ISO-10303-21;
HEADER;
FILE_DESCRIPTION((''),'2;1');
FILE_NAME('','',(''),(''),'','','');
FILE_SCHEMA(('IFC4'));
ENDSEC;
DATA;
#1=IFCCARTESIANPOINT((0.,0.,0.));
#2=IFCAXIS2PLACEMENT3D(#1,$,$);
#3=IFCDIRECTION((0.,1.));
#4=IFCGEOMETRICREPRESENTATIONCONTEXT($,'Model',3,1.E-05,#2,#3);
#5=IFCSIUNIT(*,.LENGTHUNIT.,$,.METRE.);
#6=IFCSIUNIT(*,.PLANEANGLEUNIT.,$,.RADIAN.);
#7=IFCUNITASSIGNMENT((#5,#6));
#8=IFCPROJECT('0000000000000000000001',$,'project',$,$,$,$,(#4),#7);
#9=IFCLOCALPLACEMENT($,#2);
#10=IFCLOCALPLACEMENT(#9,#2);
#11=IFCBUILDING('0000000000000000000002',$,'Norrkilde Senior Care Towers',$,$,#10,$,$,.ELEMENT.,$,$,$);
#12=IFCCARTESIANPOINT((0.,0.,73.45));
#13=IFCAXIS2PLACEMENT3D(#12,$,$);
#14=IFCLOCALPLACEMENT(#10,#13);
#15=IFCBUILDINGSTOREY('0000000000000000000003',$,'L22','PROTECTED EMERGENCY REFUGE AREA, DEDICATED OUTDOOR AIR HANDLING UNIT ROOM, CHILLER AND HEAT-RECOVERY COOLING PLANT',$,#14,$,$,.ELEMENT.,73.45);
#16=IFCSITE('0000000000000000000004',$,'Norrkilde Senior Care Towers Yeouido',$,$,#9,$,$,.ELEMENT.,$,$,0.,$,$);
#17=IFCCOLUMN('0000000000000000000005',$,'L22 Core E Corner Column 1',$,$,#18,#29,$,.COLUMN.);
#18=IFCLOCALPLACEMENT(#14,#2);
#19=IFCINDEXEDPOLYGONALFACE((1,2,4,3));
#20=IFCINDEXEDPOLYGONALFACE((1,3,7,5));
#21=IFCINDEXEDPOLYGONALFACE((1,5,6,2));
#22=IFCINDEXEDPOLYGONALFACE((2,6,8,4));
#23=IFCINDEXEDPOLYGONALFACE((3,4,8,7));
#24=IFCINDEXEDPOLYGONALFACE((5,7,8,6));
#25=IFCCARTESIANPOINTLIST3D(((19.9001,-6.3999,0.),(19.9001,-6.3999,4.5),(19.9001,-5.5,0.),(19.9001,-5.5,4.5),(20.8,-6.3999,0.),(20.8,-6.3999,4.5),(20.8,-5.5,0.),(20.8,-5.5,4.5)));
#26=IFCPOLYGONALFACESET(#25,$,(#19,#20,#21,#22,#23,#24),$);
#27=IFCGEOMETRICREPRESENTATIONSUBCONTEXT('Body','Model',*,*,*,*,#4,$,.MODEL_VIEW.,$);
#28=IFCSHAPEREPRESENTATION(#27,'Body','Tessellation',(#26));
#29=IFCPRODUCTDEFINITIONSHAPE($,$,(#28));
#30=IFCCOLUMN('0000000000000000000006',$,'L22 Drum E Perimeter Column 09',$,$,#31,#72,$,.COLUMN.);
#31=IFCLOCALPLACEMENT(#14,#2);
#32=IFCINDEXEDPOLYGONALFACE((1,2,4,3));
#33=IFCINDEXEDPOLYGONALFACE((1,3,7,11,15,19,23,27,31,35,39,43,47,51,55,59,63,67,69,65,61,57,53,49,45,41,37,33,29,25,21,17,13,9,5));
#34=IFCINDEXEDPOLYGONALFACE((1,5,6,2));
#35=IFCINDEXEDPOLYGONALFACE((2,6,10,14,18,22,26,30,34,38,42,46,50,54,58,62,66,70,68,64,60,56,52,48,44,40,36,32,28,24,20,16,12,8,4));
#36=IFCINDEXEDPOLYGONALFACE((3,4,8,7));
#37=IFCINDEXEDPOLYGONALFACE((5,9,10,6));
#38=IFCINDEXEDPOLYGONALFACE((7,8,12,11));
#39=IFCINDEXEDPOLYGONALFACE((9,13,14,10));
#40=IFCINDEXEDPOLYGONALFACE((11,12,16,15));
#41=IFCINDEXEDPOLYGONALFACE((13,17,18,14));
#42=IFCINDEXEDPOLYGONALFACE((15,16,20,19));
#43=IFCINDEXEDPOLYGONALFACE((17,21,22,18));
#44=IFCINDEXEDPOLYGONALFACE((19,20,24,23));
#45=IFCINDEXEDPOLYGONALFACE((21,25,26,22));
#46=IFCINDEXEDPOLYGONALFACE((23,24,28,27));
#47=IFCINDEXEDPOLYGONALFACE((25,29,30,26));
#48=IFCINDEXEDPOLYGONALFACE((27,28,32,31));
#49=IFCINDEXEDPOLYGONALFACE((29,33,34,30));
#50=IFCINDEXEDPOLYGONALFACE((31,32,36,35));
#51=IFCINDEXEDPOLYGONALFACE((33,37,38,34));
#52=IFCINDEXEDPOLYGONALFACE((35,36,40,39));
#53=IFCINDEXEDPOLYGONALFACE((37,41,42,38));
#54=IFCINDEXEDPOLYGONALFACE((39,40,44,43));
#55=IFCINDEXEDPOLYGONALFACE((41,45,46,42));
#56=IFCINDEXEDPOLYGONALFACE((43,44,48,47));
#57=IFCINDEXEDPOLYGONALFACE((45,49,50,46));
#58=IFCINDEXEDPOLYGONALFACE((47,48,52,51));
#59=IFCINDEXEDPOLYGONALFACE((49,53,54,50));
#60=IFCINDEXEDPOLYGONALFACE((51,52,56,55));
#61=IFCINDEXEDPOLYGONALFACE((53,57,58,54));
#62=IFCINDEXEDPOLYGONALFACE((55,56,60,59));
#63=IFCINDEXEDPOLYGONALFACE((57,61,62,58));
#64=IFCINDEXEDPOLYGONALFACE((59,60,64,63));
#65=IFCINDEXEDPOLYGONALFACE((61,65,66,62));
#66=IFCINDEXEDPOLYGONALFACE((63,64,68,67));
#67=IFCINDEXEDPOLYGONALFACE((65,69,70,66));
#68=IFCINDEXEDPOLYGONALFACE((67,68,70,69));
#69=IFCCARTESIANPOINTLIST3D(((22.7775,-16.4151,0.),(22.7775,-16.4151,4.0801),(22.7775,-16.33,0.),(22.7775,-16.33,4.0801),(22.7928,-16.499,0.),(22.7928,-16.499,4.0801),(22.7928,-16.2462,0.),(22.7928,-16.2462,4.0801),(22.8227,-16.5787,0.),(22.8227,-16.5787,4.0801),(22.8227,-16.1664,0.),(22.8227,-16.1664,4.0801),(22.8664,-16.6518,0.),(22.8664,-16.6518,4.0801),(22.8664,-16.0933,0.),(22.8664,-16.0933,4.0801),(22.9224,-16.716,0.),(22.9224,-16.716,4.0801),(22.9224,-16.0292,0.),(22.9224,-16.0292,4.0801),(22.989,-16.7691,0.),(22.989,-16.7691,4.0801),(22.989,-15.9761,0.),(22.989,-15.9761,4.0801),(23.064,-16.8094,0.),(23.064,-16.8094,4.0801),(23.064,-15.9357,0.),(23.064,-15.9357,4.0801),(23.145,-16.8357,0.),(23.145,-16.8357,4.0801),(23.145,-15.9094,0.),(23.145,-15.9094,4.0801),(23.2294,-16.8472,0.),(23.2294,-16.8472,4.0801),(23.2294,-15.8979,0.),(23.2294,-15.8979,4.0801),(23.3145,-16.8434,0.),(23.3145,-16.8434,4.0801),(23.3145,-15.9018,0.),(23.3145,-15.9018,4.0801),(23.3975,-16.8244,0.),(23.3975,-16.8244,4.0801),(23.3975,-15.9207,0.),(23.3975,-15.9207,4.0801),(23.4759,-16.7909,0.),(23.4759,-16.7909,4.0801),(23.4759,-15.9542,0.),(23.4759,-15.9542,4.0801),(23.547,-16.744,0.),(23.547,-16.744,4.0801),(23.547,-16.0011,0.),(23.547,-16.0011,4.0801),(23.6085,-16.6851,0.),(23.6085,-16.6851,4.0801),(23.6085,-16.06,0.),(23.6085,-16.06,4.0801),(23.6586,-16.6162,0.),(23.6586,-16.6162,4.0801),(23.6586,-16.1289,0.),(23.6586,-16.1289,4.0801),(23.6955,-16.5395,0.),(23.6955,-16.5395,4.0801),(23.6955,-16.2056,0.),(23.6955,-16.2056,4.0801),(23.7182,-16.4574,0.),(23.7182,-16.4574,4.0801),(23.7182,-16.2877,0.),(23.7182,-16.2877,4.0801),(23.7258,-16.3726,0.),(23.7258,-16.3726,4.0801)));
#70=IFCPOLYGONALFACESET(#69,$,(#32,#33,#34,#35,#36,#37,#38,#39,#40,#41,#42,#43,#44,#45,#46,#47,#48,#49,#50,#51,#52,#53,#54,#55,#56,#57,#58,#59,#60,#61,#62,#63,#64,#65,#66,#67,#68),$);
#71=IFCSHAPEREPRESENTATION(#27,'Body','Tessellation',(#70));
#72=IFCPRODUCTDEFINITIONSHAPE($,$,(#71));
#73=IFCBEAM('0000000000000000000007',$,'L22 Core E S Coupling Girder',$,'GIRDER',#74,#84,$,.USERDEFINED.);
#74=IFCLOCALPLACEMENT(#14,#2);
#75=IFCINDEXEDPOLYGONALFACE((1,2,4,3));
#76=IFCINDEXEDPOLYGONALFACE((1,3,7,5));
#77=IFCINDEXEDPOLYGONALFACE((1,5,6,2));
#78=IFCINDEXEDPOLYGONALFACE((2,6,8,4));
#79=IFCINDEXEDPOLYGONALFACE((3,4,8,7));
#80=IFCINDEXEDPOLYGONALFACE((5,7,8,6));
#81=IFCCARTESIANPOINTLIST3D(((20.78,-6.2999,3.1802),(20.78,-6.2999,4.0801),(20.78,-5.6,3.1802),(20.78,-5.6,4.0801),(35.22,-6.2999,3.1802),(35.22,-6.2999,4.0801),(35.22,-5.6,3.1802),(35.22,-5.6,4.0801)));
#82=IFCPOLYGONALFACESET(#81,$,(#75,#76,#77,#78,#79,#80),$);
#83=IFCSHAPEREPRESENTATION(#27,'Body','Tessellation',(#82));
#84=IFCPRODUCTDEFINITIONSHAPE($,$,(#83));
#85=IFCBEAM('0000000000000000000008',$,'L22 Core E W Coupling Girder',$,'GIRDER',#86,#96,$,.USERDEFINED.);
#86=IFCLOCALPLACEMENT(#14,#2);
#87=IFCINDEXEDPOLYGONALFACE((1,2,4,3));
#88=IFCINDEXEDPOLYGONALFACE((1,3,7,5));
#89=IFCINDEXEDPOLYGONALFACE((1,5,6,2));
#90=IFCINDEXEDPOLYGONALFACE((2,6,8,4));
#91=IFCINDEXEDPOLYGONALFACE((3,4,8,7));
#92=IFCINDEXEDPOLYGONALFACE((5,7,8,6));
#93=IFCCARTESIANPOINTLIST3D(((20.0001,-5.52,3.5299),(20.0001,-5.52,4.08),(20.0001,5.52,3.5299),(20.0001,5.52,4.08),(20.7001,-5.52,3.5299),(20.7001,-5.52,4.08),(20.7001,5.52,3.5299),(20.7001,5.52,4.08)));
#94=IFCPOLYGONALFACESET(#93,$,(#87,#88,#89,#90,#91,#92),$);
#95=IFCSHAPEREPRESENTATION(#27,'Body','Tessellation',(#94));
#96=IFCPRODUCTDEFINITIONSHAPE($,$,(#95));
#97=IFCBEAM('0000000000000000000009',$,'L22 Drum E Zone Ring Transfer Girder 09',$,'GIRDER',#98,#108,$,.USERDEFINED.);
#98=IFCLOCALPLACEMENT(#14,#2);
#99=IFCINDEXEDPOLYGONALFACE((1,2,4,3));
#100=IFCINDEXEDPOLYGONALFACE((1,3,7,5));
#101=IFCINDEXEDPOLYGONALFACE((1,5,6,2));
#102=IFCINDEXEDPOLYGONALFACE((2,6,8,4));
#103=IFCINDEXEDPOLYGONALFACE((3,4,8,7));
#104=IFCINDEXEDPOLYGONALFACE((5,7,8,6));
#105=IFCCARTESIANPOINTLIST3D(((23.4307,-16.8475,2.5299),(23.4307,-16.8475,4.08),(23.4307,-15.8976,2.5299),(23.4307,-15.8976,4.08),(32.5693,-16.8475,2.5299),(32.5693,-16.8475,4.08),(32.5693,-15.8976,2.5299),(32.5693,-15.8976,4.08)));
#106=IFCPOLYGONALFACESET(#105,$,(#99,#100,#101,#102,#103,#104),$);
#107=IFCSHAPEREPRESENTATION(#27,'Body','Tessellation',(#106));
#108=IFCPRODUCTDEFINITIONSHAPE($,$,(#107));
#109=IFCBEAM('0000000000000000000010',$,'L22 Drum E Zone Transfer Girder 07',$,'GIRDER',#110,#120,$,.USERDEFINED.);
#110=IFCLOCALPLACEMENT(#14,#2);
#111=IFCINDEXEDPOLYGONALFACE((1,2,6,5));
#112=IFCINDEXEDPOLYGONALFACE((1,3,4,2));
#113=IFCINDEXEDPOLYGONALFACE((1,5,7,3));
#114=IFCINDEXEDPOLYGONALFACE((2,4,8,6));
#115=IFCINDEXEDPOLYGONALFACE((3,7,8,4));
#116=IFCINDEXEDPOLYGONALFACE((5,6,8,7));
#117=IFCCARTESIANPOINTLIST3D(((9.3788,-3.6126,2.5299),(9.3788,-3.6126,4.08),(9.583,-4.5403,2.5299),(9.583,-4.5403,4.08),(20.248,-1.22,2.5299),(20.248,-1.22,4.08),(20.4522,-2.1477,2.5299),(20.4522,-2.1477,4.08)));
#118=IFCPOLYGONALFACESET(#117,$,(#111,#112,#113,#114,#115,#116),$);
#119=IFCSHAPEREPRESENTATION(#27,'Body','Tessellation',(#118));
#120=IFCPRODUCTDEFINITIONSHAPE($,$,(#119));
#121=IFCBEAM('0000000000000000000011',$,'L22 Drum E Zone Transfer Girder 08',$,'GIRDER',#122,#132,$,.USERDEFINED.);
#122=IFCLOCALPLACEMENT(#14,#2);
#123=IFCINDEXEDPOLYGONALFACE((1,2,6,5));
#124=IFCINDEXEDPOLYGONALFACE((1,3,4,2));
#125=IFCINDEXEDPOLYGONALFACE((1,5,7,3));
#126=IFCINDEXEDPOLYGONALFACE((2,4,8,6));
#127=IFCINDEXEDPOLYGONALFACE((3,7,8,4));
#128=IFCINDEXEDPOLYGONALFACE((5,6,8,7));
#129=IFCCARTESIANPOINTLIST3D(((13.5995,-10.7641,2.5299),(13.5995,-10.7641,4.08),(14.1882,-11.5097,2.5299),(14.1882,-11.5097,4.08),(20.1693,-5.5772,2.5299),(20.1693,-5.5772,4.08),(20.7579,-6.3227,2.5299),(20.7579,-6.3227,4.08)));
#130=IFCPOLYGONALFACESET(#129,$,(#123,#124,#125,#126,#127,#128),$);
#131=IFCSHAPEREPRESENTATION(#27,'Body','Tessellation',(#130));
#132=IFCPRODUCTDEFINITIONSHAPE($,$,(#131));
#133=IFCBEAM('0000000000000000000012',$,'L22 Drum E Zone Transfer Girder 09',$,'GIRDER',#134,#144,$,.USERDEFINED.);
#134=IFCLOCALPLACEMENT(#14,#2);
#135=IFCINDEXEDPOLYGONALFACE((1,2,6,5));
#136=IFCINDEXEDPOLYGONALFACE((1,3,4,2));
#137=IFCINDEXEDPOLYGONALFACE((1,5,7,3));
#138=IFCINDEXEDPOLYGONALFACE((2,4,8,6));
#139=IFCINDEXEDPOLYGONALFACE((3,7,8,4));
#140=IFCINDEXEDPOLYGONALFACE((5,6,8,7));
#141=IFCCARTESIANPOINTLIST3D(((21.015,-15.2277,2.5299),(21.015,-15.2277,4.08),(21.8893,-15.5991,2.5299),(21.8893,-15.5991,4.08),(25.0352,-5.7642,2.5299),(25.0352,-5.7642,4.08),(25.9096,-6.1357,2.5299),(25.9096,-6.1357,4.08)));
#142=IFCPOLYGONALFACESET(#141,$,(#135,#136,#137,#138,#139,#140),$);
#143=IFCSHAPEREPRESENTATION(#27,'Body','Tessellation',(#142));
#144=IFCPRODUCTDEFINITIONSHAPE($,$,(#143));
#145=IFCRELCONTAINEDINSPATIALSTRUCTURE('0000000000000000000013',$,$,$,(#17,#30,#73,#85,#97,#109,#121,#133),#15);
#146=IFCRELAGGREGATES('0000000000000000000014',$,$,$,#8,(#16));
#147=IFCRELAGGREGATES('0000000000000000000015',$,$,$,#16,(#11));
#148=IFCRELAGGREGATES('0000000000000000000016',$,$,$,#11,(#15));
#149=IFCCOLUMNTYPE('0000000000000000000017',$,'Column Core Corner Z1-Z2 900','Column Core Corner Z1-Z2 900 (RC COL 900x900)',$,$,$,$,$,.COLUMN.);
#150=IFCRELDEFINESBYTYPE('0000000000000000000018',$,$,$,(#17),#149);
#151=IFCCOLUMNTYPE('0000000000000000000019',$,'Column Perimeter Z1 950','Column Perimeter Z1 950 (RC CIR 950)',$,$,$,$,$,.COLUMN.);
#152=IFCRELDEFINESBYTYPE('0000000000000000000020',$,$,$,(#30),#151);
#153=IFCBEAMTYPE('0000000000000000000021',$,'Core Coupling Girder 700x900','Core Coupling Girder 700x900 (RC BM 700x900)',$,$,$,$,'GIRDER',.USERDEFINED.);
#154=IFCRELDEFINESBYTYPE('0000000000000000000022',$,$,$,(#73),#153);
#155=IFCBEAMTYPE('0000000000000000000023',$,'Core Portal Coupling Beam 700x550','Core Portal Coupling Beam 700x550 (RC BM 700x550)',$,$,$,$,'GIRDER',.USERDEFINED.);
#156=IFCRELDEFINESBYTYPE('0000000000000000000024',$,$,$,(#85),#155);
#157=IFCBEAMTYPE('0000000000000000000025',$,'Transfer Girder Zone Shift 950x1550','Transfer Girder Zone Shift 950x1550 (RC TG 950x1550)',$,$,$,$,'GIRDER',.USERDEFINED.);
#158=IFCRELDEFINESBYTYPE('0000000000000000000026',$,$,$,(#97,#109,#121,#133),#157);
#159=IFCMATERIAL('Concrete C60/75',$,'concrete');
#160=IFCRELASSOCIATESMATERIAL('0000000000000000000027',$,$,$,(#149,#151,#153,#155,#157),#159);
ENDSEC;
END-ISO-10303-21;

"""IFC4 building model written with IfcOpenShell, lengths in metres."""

from ifc_helpers import new_model, si_unit, direction, frame, origin, origin_2d, place, context, subcontext, project, spatial, rectangle, circle, extrude, source, transform, mapped, material, material_profile, profile_set, type_object, type_shapes, element, save


model = new_model("IFC4")

# Units and contexts
model_context = context("Model", 3, precision=1e-05, world=origin(), true_north=direction((0.0, 1.0)))
body_context = subcontext(model_context, "Body", "Model", "MODEL_VIEW")
ifc_project = project(units=[si_unit("LENGTHUNIT", "METRE"), si_unit("PLANEANGLEUNIT", "RADIAN")], contexts=[model_context])

# Site, building, storey
site_placement = place(None, origin())
site = spatial("IfcSite", under=ifc_project, at=site_placement, Name="Norrkilde Senior Care Towers Yeouido", CompositionType="ELEMENT", RefElevation=0.0)
building_placement = place(site_placement, origin())
building = spatial("IfcBuilding", under=site, at=building_placement, Name="Norrkilde Senior Care Towers", CompositionType="ELEMENT")
storey_placement = place(building_placement, frame((0.0, 0.0, 73.45)))
storey = spatial("IfcBuildingStorey", under=building, at=storey_placement, Name="L22", Description="PROTECTED EMERGENCY REFUGE AREA, DEDICATED OUTDOOR AIR HANDLING UNIT ROOM, CHILLER AND HEAT-RECOVERY COOLING PLANT", CompositionType="ELEMENT", Elevation=73.45)

# Columns
ifc_material_1 = material(Name="Concrete C60/75", Category="concrete")
ifc_material_profile_1 = material_profile(ifc_material_1, rectangle(XDim=0.8999, YDim=0.8999, at=origin_2d()), Name="RC COL 900x900")
ifc_profile_set_1 = profile_set([ifc_material_profile_1], Name="Concrete C60/75")
column_type_1 = type_object("IfcColumnType", Name="Column Core Corner Z1-Z2 900", Description="Column Core Corner Z1-Z2 900 (RC COL 900x900)", PredefinedType="COLUMN", material=ifc_profile_set_1)
shared_shape_1 = source(origin(), body_context, "Body", "SweptSolid", [
    extrude(rectangle(XDim=0.8999, YDim=0.8999, at=origin_2d()), origin(), (0.0, 0.0, 1.0), 4.5),
])
type_shapes(column_type_1, [shared_shape_1])
column_1_placement = place(storey_placement, frame((20.3501, -5.95, 0.0), z_axis=(0.0, 0.0, 1.0), x_axis=(1.0, 0.0, 0.0)))
element("IfcColumn", 1, at=column_1_placement, inside=storey, type_object=column_type_1, Name="L22 Core E Corner Column 1", PredefinedType="COLUMN", context=body_context, shape_type="MappedRepresentation", body=[
    mapped(shared_shape_1, transform((0.0, 0.0, 0.0), x_axis=(1.0, 0.0, 0.0), y_axis=(0.0, 1.0, 0.0), z_axis=(0.0, 0.0, 1.0), scale=1.0)),
])
ifc_material_profile_2 = material_profile(ifc_material_1, circle(Radius=0.4751, at=origin_2d()), Name="RC CIR 950")
ifc_profile_set_2 = profile_set([ifc_material_profile_2], Name="Concrete C60/75")
column_type_2 = type_object("IfcColumnType", Name="Column Perimeter Z1 950", Description="Column Perimeter Z1 950 (RC CIR 950)", PredefinedType="COLUMN", material=ifc_profile_set_2)
shared_shape_2 = source(origin(), body_context, "Body", "SweptSolid", [
    extrude(circle(Radius=0.4751, at=origin_2d()), origin(), (0.0, 0.0, 1.0), 4.0801),
])
type_shapes(column_type_2, [shared_shape_2])
column_2_placement = place(storey_placement, frame((23.2507, -16.3726, 0.0), z_axis=(0.0, 0.0, 1.0), x_axis=(1.0, 0.0, 0.0)))
element("IfcColumn", 2, at=column_2_placement, inside=storey, type_object=column_type_2, Name="L22 Drum E Perimeter Column 09", PredefinedType="COLUMN", context=body_context, shape_type="MappedRepresentation", body=[
    mapped(shared_shape_2, transform((0.0, 0.0, 0.0), x_axis=(1.0, 0.0, 0.0), y_axis=(0.0, 1.0, 0.0), z_axis=(0.0, 0.0, 1.0), scale=1.0)),
])

# Beams
ifc_material_profile_3 = material_profile(ifc_material_1, rectangle(XDim=0.7, YDim=0.8999, at=origin_2d()), Name="RC BM 700x900")
ifc_profile_set_3 = profile_set([ifc_material_profile_3], Name="Concrete C60/75")
beam_type_1 = type_object("IfcBeamType", Name="Core Coupling Girder 700x900", Description="Core Coupling Girder 700x900 (RC BM 700x900)", ElementType="GIRDER", PredefinedType="USERDEFINED", material=ifc_profile_set_3)
shared_shape_3 = source(origin(), body_context, "Body", "SweptSolid", [
    extrude(rectangle(XDim=0.7, YDim=0.8999, at=origin_2d()), origin(), (0.0, 0.0, 1.0), 14.4399),
])
type_shapes(beam_type_1, [shared_shape_3])
beam_1_placement = place(storey_placement, frame((20.78, -5.95, 3.6301), z_axis=(1.0, 0.0, 0.0), x_axis=(0.0, 1.0, 0.0)))
element("IfcBeam", 3, at=beam_1_placement, inside=storey, type_object=beam_type_1, Name="L22 Core E S Coupling Girder", ObjectType="GIRDER", PredefinedType="USERDEFINED", context=body_context, shape_type="MappedRepresentation", body=[
    mapped(shared_shape_3, transform((0.0, 0.0, 0.0), x_axis=(1.0, 0.0, 0.0), y_axis=(0.0, 1.0, 0.0), z_axis=(0.0, 0.0, 1.0), scale=1.0)),
])
ifc_material_profile_4 = material_profile(ifc_material_1, rectangle(XDim=0.7, YDim=0.55, at=origin_2d()), Name="RC BM 700x550")
ifc_profile_set_4 = profile_set([ifc_material_profile_4], Name="Concrete C60/75")
beam_type_2 = type_object("IfcBeamType", Name="Core Portal Coupling Beam 700x550", Description="Core Portal Coupling Beam 700x550 (RC BM 700x550)", ElementType="GIRDER", PredefinedType="USERDEFINED", material=ifc_profile_set_4)
shared_shape_4 = source(origin(), body_context, "Body", "SweptSolid", [
    extrude(rectangle(XDim=0.7, YDim=0.55, at=origin_2d()), origin(), (0.0, 0.0, 1.0), 11.04),
])
type_shapes(beam_type_2, [shared_shape_4])
beam_2_placement = place(storey_placement, frame((20.3501, -5.52, 3.8049), z_axis=(0.0, 1.0, 0.0), x_axis=(-1.0, 0.0, 0.0)))
element("IfcBeam", 4, at=beam_2_placement, inside=storey, type_object=beam_type_2, Name="L22 Core E W Coupling Girder", ObjectType="GIRDER", PredefinedType="USERDEFINED", context=body_context, shape_type="MappedRepresentation", body=[
    mapped(shared_shape_4, transform((0.0, 0.0, 0.0), x_axis=(1.0, 0.0, 0.0), y_axis=(0.0, 1.0, 0.0), z_axis=(0.0, 0.0, 1.0), scale=1.0)),
])
ifc_material_profile_5 = material_profile(ifc_material_1, rectangle(XDim=0.95, YDim=1.55, at=origin_2d()), Name="RC TG 950x1550")
ifc_profile_set_5 = profile_set([ifc_material_profile_5], Name="Concrete C60/75")
beam_type_3 = type_object("IfcBeamType", Name="Transfer Girder Zone Shift 950x1550", Description="Transfer Girder Zone Shift 950x1550 (RC TG 950x1550)", ElementType="GIRDER", PredefinedType="USERDEFINED", material=ifc_profile_set_5)
shared_shape_5 = source(origin(), body_context, "Body", "SweptSolid", [
    extrude(rectangle(XDim=0.95, YDim=1.55, at=origin_2d()), origin(), (0.0, 0.0, 1.0), 9.1387),
])
beam_3_placement = place(storey_placement, frame((23.4307, -16.3726, 3.3049), z_axis=(1.0, 0.0, 0.0), x_axis=(0.0, 1.0, 0.0)))
element("IfcBeam", 5, at=beam_3_placement, inside=storey, type_object=beam_type_3, Name="L22 Drum E Zone Ring Transfer Girder 09", ObjectType="GIRDER", PredefinedType="USERDEFINED", context=body_context, shape_type="MappedRepresentation", body=[
    mapped(shared_shape_5, transform((0.0, 0.0, 0.0), x_axis=(1.0, 0.0, 0.0), y_axis=(0.0, 1.0, 0.0), z_axis=(0.0, 0.0, 1.0), scale=1.0)),
])
shared_shape_6 = source(origin(), body_context, "Body", "SweptSolid", [
    extrude(rectangle(XDim=0.95, YDim=1.55, at=origin_2d()), origin(), (0.0, 0.0, 1.0), 11.1294),
])
beam_4_placement = place(storey_placement, frame((20.3501, -1.6838, 3.3049), z_axis=(-0.976619, -0.214979, 0.0), x_axis=(0.214979, -0.976619, 0.0)))
element("IfcBeam", 6, at=beam_4_placement, inside=storey, type_object=beam_type_3, Name="L22 Drum E Zone Transfer Girder 07", ObjectType="GIRDER", PredefinedType="USERDEFINED", context=body_context, shape_type="MappedRepresentation", body=[
    mapped(shared_shape_6, transform((0.0, 0.0, 0.0), x_axis=(1.0, 0.0, 0.0), y_axis=(0.0, 1.0, 0.0), z_axis=(0.0, 0.0, 1.0), scale=1.0)),
])
shared_shape_7 = source(origin(), body_context, "Body", "SweptSolid", [
    extrude(rectangle(XDim=0.95, YDim=1.55, at=origin_2d()), origin(), (0.0, 0.0, 1.0), 8.3706),
])
beam_5_placement = place(storey_placement, frame((20.4636, -5.95, 3.3049), z_axis=(-0.784865, -0.619667, 0.0), x_axis=(0.619667, -0.784865, 0.0)))
element("IfcBeam", 7, at=beam_5_placement, inside=storey, type_object=beam_type_3, Name="L22 Drum E Zone Transfer Girder 08", ObjectType="GIRDER", PredefinedType="USERDEFINED", context=body_context, shape_type="MappedRepresentation", body=[
    mapped(shared_shape_7, transform((0.0, 0.0, 0.0), x_axis=(1.0, 0.0, 0.0), y_axis=(0.0, 1.0, 0.0), z_axis=(0.0, 0.0, 1.0), scale=1.0)),
])
shared_shape_8 = source(origin(), body_context, "Body", "SweptSolid", [
    extrude(rectangle(XDim=0.95, YDim=1.55, at=origin_2d()), origin(), (0.0, 0.0, 1.0), 10.282),
])
type_shapes(beam_type_3, [shared_shape_5, shared_shape_6, shared_shape_7, shared_shape_8])
beam_6_placement = place(storey_placement, frame((25.4724, -5.95, 3.3049), z_axis=(-0.391003, -0.920389, 0.0), x_axis=(0.920389, -0.391003, 0.0)))
element("IfcBeam", 8, at=beam_6_placement, inside=storey, type_object=beam_type_3, Name="L22 Drum E Zone Transfer Girder 09", ObjectType="GIRDER", PredefinedType="USERDEFINED", context=body_context, shape_type="MappedRepresentation", body=[
    mapped(shared_shape_8, transform((0.0, 0.0, 0.0), x_axis=(1.0, 0.0, 0.0), y_axis=(0.0, 1.0, 0.0), z_axis=(0.0, 0.0, 1.0), scale=1.0)),
])

save(model, "model.ifc")
